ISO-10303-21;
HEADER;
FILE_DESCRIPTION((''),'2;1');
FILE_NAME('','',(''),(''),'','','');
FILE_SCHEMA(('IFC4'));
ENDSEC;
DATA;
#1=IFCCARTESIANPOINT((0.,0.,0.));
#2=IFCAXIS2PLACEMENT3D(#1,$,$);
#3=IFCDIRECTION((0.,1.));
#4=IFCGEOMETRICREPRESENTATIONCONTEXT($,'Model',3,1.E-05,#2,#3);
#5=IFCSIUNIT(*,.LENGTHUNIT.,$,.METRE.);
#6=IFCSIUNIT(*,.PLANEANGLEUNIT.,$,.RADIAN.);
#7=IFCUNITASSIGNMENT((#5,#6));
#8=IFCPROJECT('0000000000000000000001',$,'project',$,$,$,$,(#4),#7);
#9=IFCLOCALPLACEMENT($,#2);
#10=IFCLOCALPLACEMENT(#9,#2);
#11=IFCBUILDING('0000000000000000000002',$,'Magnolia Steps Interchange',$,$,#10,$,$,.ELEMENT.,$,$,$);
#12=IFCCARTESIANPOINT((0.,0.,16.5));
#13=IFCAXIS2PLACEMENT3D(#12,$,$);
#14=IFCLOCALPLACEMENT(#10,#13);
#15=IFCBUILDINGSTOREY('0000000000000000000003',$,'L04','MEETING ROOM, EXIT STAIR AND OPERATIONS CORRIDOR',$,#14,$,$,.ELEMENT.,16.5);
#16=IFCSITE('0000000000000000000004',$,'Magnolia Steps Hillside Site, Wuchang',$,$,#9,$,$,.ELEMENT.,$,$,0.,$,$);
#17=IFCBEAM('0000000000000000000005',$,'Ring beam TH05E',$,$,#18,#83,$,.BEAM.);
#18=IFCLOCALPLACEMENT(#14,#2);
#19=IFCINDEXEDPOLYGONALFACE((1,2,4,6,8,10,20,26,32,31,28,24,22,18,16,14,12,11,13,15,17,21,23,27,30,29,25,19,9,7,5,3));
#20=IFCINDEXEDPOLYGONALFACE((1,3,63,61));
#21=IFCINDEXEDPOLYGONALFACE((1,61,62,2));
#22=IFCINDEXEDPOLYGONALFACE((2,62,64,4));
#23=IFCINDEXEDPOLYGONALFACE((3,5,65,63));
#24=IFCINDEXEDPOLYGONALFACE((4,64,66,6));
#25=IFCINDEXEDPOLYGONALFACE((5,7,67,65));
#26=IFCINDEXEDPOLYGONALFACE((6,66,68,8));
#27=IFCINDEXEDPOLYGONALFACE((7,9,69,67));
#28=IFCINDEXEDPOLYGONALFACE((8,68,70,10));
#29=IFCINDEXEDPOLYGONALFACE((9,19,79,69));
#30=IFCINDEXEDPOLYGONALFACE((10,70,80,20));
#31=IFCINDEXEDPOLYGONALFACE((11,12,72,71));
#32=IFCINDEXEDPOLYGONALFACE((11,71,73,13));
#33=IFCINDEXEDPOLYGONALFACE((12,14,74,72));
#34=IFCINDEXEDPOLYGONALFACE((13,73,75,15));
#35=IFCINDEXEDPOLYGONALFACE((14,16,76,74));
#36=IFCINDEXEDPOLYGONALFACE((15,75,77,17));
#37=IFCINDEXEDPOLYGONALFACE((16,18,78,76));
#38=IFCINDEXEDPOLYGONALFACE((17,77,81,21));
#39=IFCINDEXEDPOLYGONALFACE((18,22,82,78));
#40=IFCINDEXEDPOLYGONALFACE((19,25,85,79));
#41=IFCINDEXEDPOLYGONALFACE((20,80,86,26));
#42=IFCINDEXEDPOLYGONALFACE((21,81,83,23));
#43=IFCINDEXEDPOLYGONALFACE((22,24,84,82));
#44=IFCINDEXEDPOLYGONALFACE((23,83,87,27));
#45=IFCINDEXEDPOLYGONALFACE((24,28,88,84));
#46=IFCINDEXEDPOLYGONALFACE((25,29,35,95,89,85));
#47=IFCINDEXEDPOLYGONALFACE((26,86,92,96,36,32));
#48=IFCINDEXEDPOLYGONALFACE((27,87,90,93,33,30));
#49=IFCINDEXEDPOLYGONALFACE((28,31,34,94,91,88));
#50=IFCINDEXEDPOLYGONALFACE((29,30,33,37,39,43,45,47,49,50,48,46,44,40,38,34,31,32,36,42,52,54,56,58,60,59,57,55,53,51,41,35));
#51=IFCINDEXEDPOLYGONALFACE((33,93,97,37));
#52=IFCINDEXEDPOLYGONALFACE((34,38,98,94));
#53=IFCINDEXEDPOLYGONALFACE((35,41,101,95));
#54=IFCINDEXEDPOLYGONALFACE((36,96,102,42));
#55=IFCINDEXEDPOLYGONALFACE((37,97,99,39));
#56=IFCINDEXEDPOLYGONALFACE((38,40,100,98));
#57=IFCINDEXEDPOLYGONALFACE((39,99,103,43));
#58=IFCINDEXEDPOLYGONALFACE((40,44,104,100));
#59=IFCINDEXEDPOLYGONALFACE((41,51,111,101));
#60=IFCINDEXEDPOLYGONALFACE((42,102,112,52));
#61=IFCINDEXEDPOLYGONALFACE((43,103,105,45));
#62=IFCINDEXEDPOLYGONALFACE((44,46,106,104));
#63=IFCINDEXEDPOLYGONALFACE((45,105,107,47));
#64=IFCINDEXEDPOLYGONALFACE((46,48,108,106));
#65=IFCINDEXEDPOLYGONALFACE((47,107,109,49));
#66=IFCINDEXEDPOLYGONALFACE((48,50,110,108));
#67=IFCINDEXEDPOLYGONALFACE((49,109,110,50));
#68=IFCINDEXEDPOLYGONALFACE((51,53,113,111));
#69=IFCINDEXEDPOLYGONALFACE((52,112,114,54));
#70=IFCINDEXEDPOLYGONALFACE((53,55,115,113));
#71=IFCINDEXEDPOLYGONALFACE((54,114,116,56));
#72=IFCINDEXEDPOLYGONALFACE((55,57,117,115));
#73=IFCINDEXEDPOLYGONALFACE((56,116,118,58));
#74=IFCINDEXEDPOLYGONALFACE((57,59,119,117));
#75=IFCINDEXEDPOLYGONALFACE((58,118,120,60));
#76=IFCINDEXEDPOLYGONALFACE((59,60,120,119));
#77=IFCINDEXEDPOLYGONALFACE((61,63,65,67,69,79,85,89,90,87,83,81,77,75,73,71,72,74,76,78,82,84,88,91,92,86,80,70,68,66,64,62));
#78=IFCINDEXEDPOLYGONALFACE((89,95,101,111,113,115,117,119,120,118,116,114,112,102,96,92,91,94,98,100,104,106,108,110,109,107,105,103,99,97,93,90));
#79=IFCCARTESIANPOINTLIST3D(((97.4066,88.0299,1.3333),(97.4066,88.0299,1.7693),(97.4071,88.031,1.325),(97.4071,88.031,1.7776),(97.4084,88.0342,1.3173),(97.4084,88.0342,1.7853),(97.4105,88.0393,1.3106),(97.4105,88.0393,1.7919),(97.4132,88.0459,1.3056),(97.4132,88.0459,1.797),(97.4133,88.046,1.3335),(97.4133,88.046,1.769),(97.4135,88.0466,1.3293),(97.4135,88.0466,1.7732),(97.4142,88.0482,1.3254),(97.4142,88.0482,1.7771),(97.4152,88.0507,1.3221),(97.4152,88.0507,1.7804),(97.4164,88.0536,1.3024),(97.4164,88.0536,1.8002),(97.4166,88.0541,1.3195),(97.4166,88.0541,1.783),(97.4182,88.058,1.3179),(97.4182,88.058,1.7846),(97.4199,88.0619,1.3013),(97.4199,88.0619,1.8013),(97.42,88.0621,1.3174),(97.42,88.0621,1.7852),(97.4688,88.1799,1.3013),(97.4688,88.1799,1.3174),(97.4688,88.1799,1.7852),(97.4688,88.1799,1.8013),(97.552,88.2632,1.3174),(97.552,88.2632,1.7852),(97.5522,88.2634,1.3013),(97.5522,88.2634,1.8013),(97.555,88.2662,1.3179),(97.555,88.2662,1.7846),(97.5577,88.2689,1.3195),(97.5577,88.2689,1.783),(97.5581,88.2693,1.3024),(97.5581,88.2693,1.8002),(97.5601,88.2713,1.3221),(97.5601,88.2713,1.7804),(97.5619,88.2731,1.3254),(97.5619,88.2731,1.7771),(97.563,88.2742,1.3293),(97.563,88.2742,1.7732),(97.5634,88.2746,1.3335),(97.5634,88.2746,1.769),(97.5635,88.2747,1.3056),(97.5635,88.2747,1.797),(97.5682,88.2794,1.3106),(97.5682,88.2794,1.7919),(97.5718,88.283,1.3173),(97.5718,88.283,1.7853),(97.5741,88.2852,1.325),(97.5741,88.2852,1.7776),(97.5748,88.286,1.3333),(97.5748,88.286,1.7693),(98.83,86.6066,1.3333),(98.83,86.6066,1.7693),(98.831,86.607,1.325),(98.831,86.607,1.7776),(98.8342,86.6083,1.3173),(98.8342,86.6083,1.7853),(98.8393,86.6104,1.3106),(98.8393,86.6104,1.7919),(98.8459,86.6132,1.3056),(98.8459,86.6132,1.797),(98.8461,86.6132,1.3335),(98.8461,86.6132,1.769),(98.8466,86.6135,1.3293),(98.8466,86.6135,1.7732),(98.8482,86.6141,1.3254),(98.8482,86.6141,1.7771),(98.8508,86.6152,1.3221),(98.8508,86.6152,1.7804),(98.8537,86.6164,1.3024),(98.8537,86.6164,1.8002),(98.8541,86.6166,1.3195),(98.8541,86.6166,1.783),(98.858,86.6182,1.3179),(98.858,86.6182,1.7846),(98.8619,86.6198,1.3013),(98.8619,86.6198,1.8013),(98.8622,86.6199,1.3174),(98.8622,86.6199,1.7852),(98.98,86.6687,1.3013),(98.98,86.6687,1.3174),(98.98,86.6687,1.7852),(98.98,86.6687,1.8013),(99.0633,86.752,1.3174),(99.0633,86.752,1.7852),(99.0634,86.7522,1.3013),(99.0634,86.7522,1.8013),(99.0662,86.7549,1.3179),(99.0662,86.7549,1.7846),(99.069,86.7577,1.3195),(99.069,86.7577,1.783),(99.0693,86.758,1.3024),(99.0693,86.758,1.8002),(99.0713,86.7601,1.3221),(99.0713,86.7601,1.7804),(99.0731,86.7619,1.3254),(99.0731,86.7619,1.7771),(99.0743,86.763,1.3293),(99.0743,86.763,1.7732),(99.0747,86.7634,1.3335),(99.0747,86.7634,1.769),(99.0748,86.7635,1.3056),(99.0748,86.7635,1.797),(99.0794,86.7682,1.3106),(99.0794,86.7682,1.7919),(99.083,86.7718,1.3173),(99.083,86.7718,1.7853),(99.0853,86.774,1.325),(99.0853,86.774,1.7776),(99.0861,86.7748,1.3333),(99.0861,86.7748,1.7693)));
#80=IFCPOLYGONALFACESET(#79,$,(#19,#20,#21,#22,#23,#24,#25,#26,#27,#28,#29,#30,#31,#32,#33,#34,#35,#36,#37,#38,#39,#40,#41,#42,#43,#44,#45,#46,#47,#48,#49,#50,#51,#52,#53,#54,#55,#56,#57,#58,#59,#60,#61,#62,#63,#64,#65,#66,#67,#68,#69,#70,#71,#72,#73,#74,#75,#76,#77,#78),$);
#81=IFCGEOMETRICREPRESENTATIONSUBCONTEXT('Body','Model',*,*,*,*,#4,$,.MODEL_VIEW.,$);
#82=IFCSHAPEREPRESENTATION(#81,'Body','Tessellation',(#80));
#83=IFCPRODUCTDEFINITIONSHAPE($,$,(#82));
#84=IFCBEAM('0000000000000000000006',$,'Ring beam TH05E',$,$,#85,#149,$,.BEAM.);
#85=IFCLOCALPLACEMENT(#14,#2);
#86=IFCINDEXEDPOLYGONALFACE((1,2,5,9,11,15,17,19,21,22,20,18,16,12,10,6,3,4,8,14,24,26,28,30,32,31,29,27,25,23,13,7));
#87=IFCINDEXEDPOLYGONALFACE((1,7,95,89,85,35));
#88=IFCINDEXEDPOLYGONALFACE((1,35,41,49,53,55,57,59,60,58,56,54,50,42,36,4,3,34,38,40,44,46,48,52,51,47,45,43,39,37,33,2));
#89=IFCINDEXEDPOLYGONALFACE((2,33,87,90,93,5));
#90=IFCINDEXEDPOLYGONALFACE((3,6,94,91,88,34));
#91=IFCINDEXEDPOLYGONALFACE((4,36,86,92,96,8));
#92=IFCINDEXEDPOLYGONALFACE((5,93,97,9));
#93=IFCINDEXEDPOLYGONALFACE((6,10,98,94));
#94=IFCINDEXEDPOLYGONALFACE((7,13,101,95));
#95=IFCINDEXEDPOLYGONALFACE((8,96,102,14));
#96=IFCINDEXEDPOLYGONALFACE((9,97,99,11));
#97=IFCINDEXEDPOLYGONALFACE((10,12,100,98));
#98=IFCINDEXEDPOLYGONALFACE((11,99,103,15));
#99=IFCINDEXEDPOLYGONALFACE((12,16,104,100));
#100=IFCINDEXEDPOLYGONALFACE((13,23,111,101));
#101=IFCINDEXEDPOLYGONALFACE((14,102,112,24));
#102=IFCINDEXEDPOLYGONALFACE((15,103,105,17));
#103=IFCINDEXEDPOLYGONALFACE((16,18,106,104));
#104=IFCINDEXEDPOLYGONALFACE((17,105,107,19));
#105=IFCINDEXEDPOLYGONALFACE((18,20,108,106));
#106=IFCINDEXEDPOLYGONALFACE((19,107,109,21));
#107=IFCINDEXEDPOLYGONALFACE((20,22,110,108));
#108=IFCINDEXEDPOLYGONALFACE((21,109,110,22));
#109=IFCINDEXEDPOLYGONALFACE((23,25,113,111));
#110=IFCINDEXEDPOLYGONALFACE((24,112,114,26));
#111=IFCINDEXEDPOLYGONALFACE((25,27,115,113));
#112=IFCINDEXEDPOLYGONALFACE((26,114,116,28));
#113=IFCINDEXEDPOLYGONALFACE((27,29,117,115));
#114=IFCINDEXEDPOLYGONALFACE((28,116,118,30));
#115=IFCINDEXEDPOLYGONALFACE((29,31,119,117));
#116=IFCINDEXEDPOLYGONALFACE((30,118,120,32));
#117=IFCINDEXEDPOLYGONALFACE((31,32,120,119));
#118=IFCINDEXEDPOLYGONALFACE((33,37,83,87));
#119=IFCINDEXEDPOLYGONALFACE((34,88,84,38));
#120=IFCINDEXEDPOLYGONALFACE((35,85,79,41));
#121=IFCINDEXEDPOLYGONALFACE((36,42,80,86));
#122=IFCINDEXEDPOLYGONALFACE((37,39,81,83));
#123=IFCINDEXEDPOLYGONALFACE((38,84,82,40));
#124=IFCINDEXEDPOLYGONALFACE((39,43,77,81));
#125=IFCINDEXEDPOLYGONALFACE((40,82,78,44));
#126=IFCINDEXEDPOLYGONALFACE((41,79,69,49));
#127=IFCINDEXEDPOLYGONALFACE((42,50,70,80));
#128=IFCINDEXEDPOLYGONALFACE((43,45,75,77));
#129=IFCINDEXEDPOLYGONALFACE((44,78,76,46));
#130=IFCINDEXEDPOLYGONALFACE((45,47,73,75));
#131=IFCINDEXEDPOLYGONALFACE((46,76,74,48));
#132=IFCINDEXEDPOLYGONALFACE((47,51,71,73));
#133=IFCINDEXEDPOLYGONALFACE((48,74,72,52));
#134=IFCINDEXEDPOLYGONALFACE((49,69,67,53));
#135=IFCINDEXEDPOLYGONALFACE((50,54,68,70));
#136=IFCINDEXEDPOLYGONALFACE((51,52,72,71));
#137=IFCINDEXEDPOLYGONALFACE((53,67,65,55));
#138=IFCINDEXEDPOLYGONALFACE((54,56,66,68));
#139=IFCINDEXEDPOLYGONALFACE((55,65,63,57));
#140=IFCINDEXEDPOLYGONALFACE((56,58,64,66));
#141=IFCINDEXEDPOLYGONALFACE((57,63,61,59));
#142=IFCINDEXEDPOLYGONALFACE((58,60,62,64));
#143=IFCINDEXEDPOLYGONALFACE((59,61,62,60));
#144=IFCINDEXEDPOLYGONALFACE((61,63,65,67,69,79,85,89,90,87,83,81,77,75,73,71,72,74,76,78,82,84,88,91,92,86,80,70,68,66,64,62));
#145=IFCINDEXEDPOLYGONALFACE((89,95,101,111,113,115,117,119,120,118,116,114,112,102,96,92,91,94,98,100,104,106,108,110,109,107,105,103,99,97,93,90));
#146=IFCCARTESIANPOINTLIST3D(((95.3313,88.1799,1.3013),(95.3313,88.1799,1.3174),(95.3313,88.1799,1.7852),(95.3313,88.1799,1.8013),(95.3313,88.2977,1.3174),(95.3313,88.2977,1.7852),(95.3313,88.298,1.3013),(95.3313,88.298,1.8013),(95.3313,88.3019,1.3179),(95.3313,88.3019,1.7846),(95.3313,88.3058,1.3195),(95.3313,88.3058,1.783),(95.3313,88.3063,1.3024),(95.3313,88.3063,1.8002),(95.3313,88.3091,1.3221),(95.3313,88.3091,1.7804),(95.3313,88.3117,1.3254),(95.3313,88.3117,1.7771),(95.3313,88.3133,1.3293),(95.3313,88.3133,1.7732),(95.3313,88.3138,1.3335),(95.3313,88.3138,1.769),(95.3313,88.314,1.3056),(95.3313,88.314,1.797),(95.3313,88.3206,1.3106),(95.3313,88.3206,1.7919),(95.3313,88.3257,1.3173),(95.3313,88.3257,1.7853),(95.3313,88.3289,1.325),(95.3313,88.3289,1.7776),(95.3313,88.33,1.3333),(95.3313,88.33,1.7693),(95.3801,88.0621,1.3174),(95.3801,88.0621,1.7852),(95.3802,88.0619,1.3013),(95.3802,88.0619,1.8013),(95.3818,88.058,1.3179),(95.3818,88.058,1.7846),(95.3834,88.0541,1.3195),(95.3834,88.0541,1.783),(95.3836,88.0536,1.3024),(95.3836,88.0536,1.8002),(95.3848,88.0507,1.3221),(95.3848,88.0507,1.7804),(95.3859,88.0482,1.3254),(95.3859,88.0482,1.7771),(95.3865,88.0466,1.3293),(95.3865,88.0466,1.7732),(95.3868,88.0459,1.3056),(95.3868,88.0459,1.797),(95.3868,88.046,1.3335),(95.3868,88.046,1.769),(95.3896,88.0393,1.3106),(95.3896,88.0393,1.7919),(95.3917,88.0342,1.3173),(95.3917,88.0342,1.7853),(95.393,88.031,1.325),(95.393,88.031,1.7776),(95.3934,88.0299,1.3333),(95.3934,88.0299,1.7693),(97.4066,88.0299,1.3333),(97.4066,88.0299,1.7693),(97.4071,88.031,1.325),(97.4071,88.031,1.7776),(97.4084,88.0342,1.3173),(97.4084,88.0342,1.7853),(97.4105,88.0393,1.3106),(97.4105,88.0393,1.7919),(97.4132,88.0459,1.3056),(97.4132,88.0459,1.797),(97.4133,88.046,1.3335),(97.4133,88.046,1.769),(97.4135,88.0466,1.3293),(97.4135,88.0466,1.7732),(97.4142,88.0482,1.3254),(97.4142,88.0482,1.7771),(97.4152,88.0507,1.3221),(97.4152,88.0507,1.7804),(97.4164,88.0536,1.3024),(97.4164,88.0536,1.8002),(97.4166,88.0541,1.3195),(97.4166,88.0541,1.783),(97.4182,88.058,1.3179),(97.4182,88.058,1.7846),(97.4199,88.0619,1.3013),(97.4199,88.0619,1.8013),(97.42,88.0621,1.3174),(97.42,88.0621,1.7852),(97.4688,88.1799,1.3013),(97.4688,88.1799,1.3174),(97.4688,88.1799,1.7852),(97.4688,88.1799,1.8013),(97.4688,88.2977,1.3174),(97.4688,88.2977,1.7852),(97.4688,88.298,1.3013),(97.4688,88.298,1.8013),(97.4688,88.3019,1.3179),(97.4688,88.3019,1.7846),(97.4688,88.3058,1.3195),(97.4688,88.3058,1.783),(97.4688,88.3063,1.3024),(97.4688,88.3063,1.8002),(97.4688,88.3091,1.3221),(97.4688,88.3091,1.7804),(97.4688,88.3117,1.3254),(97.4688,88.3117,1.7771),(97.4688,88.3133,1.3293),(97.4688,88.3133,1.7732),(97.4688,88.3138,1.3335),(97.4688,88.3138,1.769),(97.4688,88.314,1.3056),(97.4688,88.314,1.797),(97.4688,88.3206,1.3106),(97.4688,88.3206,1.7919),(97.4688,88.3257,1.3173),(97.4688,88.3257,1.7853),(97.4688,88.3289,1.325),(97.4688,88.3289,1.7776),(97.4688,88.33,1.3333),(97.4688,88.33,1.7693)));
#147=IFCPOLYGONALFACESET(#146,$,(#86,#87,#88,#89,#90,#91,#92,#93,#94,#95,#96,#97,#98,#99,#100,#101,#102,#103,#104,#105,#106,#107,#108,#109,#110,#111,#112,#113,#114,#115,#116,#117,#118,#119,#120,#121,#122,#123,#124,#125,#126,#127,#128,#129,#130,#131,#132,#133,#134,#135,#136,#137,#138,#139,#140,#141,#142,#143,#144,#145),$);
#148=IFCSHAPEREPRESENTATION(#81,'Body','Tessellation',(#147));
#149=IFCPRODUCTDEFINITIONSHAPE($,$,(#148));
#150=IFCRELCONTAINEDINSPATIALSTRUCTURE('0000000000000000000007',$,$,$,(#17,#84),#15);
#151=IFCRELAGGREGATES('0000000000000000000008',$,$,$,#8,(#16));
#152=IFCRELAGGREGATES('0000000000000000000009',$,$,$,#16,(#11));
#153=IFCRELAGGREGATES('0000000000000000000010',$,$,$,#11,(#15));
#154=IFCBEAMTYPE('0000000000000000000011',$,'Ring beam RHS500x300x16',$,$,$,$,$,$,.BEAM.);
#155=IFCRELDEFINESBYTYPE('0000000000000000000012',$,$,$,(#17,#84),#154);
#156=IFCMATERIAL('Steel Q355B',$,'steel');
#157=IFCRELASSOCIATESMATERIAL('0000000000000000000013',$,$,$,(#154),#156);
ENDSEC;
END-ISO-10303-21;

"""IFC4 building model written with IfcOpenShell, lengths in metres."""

from ifc_helpers import new_model, si_unit, direction, frame, origin, origin_2d, place, context, subcontext, project, spatial, hollow_rectangle, extrude, clip, halfspace, material, material_profile, profile_set, type_object, element, save


model = new_model("IFC4")

# Units and contexts
model_context = context("Model", 3, precision=1e-05, world=origin(), true_north=direction((0.0, 1.0)))
body_context = subcontext(model_context, "Body", "Model", "MODEL_VIEW")
ifc_project = project(units=[si_unit("LENGTHUNIT", "METRE"), si_unit("PLANEANGLEUNIT", "RADIAN")], contexts=[model_context])

# Site, building, storey
site_placement = place(None, origin())
site = spatial("IfcSite", under=ifc_project, at=site_placement, Name="Magnolia Steps Hillside Site, Wuchang", CompositionType="ELEMENT", RefElevation=0.0)
building_placement = place(site_placement, origin())
building = spatial("IfcBuilding", under=site, at=building_placement, Name="Magnolia Steps Interchange", CompositionType="ELEMENT")
storey_placement = place(building_placement, frame((0.0, 0.0, 16.5)))
storey = spatial("IfcBuildingStorey", under=building, at=storey_placement, Name="L04", Description="MEETING ROOM, EXIT STAIR AND OPERATIONS CORRIDOR", CompositionType="ELEMENT", Elevation=16.5)

# Beams
ifc_material_1 = material(Name="Steel Q355B", Category="steel")
ifc_material_profile_1 = material_profile(ifc_material_1, hollow_rectangle(XDim=0.3, YDim=0.5, WallThickness=0.0161, InnerFilletRadius=0.0161, OuterFilletRadius=0.032, at=origin_2d()), Name="RHS500x300x16")
ifc_profile_set_1 = profile_set([ifc_material_profile_1], Name="Steel Q355B")
beam_type_1 = type_object("IfcBeamType", Name="Ring beam RHS500x300x16", PredefinedType="BEAM", material=ifc_profile_set_1)
beam_1_placement = place(storey_placement, frame((98.98, 86.6687, 1.5513), z_axis=(-0.707107, 0.707107, 0.0), x_axis=(-0.707107, -0.707107, 0.0)))
element("IfcBeam", 1, at=beam_1_placement, inside=storey, type_object=beam_type_1, Name="Ring beam TH05E", PredefinedType="BEAM", context=body_context, shape_type="Clipping", body=[
    clip(clip(extrude(hollow_rectangle(XDim=0.3, YDim=0.5, WallThickness=0.0161, InnerFilletRadius=0.0161, OuterFilletRadius=0.032, at=origin_2d()), origin(), (0.0, 0.0, 1.0), 2.1372), halfspace(frame((0.0, 0.0, 0.0), z_axis=(0.382683, 0.0, -0.92388), x_axis=(0.92388, 0.0, 0.382683)), False)), halfspace(frame((0.0, 0.0, 2.1372), z_axis=(0.382683, 0.0, 0.92388), x_axis=(0.92388, 0.0, -0.382683)), False)),
])
beam_2_placement = place(storey_placement, frame((97.4688, 88.1799, 1.5513), z_axis=(-1.0, 0.0, 0.0), x_axis=(0.0, -1.0, 0.0)))
element("IfcBeam", 2, at=beam_2_placement, inside=storey, type_object=beam_type_1, Name="Ring beam TH05E", PredefinedType="BEAM", context=body_context, shape_type="Clipping", body=[
    clip(clip(extrude(hollow_rectangle(XDim=0.3, YDim=0.5, WallThickness=0.0161, InnerFilletRadius=0.0161, OuterFilletRadius=0.032, at=origin_2d()), origin(), (0.0, 0.0, 1.0), 2.1375), halfspace(frame((0.0, 0.0, 0.0), z_axis=(0.382683, 0.0, -0.92388), x_axis=(0.92388, 0.0, 0.382683)), False)), halfspace(frame((0.0, 0.0, 2.1375), z_axis=(0.382683, 0.0, 0.92388), x_axis=(0.92388, 0.0, -0.382683)), False)),
])

save(model, "model.ifc")
